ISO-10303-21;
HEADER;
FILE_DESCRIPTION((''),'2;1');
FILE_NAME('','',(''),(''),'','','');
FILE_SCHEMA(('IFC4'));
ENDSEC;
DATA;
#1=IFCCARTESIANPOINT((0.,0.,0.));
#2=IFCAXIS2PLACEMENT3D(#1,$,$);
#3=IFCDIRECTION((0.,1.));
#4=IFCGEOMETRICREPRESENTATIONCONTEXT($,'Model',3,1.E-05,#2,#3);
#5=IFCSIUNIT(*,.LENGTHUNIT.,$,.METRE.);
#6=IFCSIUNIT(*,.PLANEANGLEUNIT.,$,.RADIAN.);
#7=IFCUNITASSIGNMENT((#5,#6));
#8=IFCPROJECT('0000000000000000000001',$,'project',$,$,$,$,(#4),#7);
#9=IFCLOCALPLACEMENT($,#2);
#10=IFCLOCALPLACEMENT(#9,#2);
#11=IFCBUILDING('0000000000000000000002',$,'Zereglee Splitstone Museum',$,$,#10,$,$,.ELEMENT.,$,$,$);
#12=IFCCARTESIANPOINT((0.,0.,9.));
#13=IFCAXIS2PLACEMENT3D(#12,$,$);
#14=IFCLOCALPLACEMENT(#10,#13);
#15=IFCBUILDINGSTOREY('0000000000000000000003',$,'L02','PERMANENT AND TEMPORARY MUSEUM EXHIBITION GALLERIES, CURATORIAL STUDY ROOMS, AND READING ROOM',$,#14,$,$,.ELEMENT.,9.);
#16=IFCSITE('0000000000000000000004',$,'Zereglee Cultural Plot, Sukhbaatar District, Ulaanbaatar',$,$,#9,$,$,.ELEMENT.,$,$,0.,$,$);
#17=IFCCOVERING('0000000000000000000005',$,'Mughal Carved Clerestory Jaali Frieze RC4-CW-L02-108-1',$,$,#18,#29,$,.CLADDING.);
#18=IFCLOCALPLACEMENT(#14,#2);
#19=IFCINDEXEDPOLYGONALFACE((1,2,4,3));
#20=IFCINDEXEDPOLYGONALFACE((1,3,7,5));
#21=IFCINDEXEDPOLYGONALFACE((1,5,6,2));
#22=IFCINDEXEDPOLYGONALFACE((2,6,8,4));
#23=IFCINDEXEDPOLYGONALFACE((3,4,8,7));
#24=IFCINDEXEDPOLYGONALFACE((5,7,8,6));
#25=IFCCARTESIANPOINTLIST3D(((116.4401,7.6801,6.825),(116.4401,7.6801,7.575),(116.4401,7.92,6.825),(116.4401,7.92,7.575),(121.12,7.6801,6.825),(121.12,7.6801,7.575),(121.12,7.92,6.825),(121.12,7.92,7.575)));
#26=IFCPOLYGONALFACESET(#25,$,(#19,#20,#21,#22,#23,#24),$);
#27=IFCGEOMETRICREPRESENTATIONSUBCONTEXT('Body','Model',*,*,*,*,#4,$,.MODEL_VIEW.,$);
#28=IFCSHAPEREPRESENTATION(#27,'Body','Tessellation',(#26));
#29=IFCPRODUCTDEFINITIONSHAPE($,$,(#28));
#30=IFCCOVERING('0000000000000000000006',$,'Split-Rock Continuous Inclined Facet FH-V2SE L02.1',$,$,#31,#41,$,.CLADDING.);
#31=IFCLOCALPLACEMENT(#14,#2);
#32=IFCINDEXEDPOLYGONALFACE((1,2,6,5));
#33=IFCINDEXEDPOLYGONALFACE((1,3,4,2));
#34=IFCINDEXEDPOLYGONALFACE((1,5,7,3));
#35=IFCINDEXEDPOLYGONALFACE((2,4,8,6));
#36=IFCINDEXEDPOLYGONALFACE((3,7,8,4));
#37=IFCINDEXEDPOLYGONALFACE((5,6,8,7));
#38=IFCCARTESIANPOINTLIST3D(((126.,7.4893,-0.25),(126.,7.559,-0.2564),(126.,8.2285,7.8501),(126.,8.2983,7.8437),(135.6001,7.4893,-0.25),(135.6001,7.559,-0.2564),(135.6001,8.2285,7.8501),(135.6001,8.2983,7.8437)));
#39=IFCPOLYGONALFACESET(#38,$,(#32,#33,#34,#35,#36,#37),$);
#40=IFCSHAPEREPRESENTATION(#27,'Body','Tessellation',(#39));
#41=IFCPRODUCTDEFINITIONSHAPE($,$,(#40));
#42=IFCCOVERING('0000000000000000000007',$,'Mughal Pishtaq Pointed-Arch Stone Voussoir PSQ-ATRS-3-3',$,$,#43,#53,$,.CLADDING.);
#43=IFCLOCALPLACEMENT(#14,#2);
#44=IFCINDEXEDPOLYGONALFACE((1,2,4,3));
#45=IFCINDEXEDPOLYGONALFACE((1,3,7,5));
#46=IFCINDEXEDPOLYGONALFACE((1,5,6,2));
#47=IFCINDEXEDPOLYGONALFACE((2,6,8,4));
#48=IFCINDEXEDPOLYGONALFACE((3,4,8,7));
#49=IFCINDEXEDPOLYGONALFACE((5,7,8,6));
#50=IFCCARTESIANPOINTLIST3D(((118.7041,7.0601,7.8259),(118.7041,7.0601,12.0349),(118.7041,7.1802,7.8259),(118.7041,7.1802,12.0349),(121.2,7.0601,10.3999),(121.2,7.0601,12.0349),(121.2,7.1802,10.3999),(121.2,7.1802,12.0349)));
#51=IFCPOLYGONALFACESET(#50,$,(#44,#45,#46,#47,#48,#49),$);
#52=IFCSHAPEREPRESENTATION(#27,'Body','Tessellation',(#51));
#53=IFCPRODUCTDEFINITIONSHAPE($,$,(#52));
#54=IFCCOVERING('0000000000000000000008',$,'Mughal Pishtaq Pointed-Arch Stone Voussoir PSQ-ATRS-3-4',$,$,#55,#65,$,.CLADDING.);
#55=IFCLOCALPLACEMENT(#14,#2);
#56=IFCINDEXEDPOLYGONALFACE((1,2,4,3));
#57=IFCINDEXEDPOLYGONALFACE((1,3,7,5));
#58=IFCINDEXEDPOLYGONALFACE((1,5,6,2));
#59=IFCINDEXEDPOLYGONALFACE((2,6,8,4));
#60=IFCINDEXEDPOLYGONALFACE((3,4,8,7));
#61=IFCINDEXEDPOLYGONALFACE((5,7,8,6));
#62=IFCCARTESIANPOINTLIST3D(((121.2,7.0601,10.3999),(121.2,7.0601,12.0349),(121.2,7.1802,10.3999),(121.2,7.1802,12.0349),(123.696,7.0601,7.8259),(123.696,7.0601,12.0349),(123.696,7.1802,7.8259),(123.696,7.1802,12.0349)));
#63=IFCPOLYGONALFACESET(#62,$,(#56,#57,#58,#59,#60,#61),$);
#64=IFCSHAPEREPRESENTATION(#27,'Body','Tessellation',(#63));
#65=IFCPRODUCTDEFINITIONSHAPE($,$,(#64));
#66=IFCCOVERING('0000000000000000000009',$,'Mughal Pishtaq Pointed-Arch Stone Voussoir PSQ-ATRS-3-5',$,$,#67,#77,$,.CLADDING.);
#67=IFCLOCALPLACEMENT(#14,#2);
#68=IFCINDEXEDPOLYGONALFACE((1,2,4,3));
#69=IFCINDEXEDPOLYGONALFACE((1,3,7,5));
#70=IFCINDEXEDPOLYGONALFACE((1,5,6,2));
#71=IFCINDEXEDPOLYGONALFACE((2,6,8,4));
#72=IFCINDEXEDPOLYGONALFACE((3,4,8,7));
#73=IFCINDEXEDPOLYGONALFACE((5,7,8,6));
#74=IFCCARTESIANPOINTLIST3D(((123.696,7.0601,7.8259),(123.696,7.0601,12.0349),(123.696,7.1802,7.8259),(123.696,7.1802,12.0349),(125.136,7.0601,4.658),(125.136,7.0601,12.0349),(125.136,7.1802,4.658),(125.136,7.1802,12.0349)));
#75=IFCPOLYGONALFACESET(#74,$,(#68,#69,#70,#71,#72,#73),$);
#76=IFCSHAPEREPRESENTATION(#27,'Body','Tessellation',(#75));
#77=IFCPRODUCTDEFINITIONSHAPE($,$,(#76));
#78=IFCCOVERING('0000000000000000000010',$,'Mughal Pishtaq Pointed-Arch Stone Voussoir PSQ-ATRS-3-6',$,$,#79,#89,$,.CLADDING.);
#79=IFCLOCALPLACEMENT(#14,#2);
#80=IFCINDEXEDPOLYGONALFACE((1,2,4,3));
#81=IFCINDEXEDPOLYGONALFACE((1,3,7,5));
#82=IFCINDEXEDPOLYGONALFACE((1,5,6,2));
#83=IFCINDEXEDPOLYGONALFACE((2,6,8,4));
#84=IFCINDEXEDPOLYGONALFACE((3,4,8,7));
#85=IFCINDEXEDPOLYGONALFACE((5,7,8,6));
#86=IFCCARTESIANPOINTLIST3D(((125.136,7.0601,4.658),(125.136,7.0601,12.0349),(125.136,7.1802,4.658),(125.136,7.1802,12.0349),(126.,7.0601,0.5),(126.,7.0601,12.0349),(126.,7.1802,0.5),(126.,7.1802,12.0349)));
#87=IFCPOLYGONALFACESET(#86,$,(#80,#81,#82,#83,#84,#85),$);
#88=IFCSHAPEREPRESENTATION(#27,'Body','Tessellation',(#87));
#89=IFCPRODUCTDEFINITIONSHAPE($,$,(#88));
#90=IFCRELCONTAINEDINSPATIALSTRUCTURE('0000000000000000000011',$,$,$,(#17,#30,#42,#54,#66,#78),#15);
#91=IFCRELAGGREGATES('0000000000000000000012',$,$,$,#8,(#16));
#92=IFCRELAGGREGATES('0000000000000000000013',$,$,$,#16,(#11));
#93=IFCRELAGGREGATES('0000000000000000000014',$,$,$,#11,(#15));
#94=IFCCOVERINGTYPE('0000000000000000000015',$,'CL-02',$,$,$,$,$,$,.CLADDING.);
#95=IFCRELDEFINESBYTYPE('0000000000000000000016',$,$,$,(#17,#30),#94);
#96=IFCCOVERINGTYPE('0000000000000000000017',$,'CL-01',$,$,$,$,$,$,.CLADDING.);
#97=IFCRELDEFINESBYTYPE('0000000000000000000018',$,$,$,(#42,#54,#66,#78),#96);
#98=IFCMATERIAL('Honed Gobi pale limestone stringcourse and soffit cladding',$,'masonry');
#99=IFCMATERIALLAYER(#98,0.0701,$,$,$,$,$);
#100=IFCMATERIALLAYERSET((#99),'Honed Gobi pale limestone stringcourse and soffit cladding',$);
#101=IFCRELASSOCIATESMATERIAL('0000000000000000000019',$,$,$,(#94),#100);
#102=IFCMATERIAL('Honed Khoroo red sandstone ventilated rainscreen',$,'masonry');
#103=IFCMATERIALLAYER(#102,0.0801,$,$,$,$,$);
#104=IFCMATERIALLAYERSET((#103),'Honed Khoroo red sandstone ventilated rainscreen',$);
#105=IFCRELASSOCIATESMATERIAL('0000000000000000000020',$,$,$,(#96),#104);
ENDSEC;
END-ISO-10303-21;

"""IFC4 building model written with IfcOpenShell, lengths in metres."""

from ifc_helpers import new_model, si_unit, direction, frame, origin, origin_2d, place, context, subcontext, project, spatial, polyline, rectangle, outline, extrude, material, layer, layer_set, type_object, element, save


model = new_model("IFC4")

# Units and contexts
model_context = context("Model", 3, precision=1e-05, world=origin(), true_north=direction((0.0, 1.0)))
body_context = subcontext(model_context, "Body", "Model", "MODEL_VIEW")
ifc_project = project(units=[si_unit("LENGTHUNIT", "METRE"), si_unit("PLANEANGLEUNIT", "RADIAN")], contexts=[model_context])

# Site, building, storey
site_placement = place(None, origin())
site = spatial("IfcSite", under=ifc_project, at=site_placement, Name="Zereglee Cultural Plot, Sukhbaatar District, Ulaanbaatar", CompositionType="ELEMENT", RefElevation=0.0)
building_placement = place(site_placement, origin())
building = spatial("IfcBuilding", under=site, at=building_placement, Name="Zereglee Splitstone Museum", CompositionType="ELEMENT")
storey_placement = place(building_placement, frame((0.0, 0.0, 9.0)))
storey = spatial("IfcBuildingStorey", under=building, at=storey_placement, Name="L02", Description="PERMANENT AND TEMPORARY MUSEUM EXHIBITION GALLERIES, CURATORIAL STUDY ROOMS, AND READING ROOM", CompositionType="ELEMENT", Elevation=9.0)

# Coverings
ifc_material_1 = material(Name="Honed Gobi pale limestone stringcourse and soffit cladding", Category="masonry")
ifc_layer_1 = layer(ifc_material_1, 0.0701)
ifc_layer_set_1 = layer_set([ifc_layer_1], Name="Honed Gobi pale limestone stringcourse and soffit cladding")
covering_type_1 = type_object("IfcCoveringType", Name="CL-02", PredefinedType="CLADDING", material=ifc_layer_set_1)
covering_1_placement = place(storey_placement, frame((118.78, 7.8, 6.825), z_axis=(0.0, 0.0, 1.0), x_axis=(1.0, 0.0, 0.0)))
element("IfcCovering", 1, at=covering_1_placement, inside=storey, type_object=covering_type_1, Name="Mughal Carved Clerestory Jaali Frieze RC4-CW-L02-108-1", PredefinedType="CLADDING", context=body_context, shape_type="SweptSolid", body=[
    extrude(rectangle(XDim=4.6799, YDim=0.24, at=origin_2d()), origin(), (0.0, 0.0, 1.0), 0.75),
])
covering_2_placement = place(storey_placement, frame((126.0, 7.4893, -0.25), z_axis=(0.0, -0.995861, 0.090888), x_axis=(1.0, 0.0, 0.0)))
element("IfcCovering", 2, at=covering_2_placement, inside=storey, type_object=covering_type_1, Name="Split-Rock Continuous Inclined Facet FH-V2SE L02.1", PredefinedType="CLADDING", context=body_context, shape_type="SweptSolid", body=[
    extrude(outline(polyline([(0.0, 0.0), (9.6001, 0.0), (9.6001, 8.1338), (0.0, 8.1338), (0.0, 0.0)])), origin(), (0.0, 0.0, -1.0), 0.0701),
])
ifc_material_2 = material(Name="Honed Khoroo red sandstone ventilated rainscreen", Category="masonry")
ifc_layer_2 = layer(ifc_material_2, 0.0801)
ifc_layer_set_2 = layer_set([ifc_layer_2], Name="Honed Khoroo red sandstone ventilated rainscreen")
covering_type_2 = type_object("IfcCoveringType", Name="CL-01", PredefinedType="CLADDING", material=ifc_layer_set_2)
covering_3_placement = place(storey_placement, frame((118.7041, 7.0601, 7.8259), z_axis=(0.0, -1.0, 0.0), x_axis=(0.696128, 0.0, 0.717918)))
element("IfcCovering", 3, at=covering_3_placement, inside=storey, type_object=covering_type_2, Name="Mughal Pishtaq Pointed-Arch Stone Voussoir PSQ-ATRS-3-3", PredefinedType="CLADDING", context=body_context, shape_type="SweptSolid", body=[
    extrude(outline(polyline([(0.0, 0.0), (3.5853, 0.0), (4.7591, 1.1382), (3.0217, 2.93), (0.0, 0.0)])), origin(), (0.0, 0.0, -1.0), 0.1201),
])
covering_4_placement = place(storey_placement, frame((121.2, 7.0601, 10.3999), z_axis=(0.0, -1.0, 0.0), x_axis=(0.696163, 0.0, -0.717884)))
element("IfcCovering", 4, at=covering_4_placement, inside=storey, type_object=covering_type_2, Name="Mughal Pishtaq Pointed-Arch Stone Voussoir PSQ-ATRS-3-4", PredefinedType="CLADDING", context=body_context, shape_type="SweptSolid", body=[
    extrude(outline(polyline([(0.0, 0.0), (3.5855, 0.0), (0.5639, 2.9301), (-1.1737, 1.1382), (0.0, 0.0)])), origin(), (0.0, 0.0, -1.0), 0.1201),
])
covering_5_placement = place(storey_placement, frame((123.696, 7.0601, 7.8259), z_axis=(0.0, -1.0, 0.0), x_axis=(0.413792, 0.0, -0.910371)))
element("IfcCovering", 5, at=covering_5_placement, inside=storey, type_object=covering_type_2, Name="Mughal Pishtaq Pointed-Arch Stone Voussoir PSQ-ATRS-3-5", PredefinedType="CLADDING", context=body_context, shape_type="SweptSolid", body=[
    extrude(outline(polyline([(0.0, 0.0), (3.4799, 0.0), (-3.2359, 3.0525), (-3.8317, 1.7416), (0.0, 0.0)])), origin(), (0.0, 0.0, -1.0), 0.1201),
])
covering_6_placement = place(storey_placement, frame((125.136, 7.0601, 4.658), z_axis=(0.0, -1.0, 0.0), x_axis=(0.203451, 0.0, -0.979085)))
element("IfcCovering", 6, at=covering_6_placement, inside=storey, type_object=covering_type_2, Name="Mughal Pishtaq Pointed-Arch Stone Voussoir PSQ-ATRS-3-6", PredefinedType="CLADDING", context=body_context, shape_type="SweptSolid", body=[
    extrude(outline(polyline([(0.0, 0.0), (4.2468, 0.0), (-7.0469, 2.3468), (-7.2227, 1.5009), (0.0, 0.0)])), origin(), (0.0, 0.0, -1.0), 0.1201),
])

save(model, "model.ifc")
